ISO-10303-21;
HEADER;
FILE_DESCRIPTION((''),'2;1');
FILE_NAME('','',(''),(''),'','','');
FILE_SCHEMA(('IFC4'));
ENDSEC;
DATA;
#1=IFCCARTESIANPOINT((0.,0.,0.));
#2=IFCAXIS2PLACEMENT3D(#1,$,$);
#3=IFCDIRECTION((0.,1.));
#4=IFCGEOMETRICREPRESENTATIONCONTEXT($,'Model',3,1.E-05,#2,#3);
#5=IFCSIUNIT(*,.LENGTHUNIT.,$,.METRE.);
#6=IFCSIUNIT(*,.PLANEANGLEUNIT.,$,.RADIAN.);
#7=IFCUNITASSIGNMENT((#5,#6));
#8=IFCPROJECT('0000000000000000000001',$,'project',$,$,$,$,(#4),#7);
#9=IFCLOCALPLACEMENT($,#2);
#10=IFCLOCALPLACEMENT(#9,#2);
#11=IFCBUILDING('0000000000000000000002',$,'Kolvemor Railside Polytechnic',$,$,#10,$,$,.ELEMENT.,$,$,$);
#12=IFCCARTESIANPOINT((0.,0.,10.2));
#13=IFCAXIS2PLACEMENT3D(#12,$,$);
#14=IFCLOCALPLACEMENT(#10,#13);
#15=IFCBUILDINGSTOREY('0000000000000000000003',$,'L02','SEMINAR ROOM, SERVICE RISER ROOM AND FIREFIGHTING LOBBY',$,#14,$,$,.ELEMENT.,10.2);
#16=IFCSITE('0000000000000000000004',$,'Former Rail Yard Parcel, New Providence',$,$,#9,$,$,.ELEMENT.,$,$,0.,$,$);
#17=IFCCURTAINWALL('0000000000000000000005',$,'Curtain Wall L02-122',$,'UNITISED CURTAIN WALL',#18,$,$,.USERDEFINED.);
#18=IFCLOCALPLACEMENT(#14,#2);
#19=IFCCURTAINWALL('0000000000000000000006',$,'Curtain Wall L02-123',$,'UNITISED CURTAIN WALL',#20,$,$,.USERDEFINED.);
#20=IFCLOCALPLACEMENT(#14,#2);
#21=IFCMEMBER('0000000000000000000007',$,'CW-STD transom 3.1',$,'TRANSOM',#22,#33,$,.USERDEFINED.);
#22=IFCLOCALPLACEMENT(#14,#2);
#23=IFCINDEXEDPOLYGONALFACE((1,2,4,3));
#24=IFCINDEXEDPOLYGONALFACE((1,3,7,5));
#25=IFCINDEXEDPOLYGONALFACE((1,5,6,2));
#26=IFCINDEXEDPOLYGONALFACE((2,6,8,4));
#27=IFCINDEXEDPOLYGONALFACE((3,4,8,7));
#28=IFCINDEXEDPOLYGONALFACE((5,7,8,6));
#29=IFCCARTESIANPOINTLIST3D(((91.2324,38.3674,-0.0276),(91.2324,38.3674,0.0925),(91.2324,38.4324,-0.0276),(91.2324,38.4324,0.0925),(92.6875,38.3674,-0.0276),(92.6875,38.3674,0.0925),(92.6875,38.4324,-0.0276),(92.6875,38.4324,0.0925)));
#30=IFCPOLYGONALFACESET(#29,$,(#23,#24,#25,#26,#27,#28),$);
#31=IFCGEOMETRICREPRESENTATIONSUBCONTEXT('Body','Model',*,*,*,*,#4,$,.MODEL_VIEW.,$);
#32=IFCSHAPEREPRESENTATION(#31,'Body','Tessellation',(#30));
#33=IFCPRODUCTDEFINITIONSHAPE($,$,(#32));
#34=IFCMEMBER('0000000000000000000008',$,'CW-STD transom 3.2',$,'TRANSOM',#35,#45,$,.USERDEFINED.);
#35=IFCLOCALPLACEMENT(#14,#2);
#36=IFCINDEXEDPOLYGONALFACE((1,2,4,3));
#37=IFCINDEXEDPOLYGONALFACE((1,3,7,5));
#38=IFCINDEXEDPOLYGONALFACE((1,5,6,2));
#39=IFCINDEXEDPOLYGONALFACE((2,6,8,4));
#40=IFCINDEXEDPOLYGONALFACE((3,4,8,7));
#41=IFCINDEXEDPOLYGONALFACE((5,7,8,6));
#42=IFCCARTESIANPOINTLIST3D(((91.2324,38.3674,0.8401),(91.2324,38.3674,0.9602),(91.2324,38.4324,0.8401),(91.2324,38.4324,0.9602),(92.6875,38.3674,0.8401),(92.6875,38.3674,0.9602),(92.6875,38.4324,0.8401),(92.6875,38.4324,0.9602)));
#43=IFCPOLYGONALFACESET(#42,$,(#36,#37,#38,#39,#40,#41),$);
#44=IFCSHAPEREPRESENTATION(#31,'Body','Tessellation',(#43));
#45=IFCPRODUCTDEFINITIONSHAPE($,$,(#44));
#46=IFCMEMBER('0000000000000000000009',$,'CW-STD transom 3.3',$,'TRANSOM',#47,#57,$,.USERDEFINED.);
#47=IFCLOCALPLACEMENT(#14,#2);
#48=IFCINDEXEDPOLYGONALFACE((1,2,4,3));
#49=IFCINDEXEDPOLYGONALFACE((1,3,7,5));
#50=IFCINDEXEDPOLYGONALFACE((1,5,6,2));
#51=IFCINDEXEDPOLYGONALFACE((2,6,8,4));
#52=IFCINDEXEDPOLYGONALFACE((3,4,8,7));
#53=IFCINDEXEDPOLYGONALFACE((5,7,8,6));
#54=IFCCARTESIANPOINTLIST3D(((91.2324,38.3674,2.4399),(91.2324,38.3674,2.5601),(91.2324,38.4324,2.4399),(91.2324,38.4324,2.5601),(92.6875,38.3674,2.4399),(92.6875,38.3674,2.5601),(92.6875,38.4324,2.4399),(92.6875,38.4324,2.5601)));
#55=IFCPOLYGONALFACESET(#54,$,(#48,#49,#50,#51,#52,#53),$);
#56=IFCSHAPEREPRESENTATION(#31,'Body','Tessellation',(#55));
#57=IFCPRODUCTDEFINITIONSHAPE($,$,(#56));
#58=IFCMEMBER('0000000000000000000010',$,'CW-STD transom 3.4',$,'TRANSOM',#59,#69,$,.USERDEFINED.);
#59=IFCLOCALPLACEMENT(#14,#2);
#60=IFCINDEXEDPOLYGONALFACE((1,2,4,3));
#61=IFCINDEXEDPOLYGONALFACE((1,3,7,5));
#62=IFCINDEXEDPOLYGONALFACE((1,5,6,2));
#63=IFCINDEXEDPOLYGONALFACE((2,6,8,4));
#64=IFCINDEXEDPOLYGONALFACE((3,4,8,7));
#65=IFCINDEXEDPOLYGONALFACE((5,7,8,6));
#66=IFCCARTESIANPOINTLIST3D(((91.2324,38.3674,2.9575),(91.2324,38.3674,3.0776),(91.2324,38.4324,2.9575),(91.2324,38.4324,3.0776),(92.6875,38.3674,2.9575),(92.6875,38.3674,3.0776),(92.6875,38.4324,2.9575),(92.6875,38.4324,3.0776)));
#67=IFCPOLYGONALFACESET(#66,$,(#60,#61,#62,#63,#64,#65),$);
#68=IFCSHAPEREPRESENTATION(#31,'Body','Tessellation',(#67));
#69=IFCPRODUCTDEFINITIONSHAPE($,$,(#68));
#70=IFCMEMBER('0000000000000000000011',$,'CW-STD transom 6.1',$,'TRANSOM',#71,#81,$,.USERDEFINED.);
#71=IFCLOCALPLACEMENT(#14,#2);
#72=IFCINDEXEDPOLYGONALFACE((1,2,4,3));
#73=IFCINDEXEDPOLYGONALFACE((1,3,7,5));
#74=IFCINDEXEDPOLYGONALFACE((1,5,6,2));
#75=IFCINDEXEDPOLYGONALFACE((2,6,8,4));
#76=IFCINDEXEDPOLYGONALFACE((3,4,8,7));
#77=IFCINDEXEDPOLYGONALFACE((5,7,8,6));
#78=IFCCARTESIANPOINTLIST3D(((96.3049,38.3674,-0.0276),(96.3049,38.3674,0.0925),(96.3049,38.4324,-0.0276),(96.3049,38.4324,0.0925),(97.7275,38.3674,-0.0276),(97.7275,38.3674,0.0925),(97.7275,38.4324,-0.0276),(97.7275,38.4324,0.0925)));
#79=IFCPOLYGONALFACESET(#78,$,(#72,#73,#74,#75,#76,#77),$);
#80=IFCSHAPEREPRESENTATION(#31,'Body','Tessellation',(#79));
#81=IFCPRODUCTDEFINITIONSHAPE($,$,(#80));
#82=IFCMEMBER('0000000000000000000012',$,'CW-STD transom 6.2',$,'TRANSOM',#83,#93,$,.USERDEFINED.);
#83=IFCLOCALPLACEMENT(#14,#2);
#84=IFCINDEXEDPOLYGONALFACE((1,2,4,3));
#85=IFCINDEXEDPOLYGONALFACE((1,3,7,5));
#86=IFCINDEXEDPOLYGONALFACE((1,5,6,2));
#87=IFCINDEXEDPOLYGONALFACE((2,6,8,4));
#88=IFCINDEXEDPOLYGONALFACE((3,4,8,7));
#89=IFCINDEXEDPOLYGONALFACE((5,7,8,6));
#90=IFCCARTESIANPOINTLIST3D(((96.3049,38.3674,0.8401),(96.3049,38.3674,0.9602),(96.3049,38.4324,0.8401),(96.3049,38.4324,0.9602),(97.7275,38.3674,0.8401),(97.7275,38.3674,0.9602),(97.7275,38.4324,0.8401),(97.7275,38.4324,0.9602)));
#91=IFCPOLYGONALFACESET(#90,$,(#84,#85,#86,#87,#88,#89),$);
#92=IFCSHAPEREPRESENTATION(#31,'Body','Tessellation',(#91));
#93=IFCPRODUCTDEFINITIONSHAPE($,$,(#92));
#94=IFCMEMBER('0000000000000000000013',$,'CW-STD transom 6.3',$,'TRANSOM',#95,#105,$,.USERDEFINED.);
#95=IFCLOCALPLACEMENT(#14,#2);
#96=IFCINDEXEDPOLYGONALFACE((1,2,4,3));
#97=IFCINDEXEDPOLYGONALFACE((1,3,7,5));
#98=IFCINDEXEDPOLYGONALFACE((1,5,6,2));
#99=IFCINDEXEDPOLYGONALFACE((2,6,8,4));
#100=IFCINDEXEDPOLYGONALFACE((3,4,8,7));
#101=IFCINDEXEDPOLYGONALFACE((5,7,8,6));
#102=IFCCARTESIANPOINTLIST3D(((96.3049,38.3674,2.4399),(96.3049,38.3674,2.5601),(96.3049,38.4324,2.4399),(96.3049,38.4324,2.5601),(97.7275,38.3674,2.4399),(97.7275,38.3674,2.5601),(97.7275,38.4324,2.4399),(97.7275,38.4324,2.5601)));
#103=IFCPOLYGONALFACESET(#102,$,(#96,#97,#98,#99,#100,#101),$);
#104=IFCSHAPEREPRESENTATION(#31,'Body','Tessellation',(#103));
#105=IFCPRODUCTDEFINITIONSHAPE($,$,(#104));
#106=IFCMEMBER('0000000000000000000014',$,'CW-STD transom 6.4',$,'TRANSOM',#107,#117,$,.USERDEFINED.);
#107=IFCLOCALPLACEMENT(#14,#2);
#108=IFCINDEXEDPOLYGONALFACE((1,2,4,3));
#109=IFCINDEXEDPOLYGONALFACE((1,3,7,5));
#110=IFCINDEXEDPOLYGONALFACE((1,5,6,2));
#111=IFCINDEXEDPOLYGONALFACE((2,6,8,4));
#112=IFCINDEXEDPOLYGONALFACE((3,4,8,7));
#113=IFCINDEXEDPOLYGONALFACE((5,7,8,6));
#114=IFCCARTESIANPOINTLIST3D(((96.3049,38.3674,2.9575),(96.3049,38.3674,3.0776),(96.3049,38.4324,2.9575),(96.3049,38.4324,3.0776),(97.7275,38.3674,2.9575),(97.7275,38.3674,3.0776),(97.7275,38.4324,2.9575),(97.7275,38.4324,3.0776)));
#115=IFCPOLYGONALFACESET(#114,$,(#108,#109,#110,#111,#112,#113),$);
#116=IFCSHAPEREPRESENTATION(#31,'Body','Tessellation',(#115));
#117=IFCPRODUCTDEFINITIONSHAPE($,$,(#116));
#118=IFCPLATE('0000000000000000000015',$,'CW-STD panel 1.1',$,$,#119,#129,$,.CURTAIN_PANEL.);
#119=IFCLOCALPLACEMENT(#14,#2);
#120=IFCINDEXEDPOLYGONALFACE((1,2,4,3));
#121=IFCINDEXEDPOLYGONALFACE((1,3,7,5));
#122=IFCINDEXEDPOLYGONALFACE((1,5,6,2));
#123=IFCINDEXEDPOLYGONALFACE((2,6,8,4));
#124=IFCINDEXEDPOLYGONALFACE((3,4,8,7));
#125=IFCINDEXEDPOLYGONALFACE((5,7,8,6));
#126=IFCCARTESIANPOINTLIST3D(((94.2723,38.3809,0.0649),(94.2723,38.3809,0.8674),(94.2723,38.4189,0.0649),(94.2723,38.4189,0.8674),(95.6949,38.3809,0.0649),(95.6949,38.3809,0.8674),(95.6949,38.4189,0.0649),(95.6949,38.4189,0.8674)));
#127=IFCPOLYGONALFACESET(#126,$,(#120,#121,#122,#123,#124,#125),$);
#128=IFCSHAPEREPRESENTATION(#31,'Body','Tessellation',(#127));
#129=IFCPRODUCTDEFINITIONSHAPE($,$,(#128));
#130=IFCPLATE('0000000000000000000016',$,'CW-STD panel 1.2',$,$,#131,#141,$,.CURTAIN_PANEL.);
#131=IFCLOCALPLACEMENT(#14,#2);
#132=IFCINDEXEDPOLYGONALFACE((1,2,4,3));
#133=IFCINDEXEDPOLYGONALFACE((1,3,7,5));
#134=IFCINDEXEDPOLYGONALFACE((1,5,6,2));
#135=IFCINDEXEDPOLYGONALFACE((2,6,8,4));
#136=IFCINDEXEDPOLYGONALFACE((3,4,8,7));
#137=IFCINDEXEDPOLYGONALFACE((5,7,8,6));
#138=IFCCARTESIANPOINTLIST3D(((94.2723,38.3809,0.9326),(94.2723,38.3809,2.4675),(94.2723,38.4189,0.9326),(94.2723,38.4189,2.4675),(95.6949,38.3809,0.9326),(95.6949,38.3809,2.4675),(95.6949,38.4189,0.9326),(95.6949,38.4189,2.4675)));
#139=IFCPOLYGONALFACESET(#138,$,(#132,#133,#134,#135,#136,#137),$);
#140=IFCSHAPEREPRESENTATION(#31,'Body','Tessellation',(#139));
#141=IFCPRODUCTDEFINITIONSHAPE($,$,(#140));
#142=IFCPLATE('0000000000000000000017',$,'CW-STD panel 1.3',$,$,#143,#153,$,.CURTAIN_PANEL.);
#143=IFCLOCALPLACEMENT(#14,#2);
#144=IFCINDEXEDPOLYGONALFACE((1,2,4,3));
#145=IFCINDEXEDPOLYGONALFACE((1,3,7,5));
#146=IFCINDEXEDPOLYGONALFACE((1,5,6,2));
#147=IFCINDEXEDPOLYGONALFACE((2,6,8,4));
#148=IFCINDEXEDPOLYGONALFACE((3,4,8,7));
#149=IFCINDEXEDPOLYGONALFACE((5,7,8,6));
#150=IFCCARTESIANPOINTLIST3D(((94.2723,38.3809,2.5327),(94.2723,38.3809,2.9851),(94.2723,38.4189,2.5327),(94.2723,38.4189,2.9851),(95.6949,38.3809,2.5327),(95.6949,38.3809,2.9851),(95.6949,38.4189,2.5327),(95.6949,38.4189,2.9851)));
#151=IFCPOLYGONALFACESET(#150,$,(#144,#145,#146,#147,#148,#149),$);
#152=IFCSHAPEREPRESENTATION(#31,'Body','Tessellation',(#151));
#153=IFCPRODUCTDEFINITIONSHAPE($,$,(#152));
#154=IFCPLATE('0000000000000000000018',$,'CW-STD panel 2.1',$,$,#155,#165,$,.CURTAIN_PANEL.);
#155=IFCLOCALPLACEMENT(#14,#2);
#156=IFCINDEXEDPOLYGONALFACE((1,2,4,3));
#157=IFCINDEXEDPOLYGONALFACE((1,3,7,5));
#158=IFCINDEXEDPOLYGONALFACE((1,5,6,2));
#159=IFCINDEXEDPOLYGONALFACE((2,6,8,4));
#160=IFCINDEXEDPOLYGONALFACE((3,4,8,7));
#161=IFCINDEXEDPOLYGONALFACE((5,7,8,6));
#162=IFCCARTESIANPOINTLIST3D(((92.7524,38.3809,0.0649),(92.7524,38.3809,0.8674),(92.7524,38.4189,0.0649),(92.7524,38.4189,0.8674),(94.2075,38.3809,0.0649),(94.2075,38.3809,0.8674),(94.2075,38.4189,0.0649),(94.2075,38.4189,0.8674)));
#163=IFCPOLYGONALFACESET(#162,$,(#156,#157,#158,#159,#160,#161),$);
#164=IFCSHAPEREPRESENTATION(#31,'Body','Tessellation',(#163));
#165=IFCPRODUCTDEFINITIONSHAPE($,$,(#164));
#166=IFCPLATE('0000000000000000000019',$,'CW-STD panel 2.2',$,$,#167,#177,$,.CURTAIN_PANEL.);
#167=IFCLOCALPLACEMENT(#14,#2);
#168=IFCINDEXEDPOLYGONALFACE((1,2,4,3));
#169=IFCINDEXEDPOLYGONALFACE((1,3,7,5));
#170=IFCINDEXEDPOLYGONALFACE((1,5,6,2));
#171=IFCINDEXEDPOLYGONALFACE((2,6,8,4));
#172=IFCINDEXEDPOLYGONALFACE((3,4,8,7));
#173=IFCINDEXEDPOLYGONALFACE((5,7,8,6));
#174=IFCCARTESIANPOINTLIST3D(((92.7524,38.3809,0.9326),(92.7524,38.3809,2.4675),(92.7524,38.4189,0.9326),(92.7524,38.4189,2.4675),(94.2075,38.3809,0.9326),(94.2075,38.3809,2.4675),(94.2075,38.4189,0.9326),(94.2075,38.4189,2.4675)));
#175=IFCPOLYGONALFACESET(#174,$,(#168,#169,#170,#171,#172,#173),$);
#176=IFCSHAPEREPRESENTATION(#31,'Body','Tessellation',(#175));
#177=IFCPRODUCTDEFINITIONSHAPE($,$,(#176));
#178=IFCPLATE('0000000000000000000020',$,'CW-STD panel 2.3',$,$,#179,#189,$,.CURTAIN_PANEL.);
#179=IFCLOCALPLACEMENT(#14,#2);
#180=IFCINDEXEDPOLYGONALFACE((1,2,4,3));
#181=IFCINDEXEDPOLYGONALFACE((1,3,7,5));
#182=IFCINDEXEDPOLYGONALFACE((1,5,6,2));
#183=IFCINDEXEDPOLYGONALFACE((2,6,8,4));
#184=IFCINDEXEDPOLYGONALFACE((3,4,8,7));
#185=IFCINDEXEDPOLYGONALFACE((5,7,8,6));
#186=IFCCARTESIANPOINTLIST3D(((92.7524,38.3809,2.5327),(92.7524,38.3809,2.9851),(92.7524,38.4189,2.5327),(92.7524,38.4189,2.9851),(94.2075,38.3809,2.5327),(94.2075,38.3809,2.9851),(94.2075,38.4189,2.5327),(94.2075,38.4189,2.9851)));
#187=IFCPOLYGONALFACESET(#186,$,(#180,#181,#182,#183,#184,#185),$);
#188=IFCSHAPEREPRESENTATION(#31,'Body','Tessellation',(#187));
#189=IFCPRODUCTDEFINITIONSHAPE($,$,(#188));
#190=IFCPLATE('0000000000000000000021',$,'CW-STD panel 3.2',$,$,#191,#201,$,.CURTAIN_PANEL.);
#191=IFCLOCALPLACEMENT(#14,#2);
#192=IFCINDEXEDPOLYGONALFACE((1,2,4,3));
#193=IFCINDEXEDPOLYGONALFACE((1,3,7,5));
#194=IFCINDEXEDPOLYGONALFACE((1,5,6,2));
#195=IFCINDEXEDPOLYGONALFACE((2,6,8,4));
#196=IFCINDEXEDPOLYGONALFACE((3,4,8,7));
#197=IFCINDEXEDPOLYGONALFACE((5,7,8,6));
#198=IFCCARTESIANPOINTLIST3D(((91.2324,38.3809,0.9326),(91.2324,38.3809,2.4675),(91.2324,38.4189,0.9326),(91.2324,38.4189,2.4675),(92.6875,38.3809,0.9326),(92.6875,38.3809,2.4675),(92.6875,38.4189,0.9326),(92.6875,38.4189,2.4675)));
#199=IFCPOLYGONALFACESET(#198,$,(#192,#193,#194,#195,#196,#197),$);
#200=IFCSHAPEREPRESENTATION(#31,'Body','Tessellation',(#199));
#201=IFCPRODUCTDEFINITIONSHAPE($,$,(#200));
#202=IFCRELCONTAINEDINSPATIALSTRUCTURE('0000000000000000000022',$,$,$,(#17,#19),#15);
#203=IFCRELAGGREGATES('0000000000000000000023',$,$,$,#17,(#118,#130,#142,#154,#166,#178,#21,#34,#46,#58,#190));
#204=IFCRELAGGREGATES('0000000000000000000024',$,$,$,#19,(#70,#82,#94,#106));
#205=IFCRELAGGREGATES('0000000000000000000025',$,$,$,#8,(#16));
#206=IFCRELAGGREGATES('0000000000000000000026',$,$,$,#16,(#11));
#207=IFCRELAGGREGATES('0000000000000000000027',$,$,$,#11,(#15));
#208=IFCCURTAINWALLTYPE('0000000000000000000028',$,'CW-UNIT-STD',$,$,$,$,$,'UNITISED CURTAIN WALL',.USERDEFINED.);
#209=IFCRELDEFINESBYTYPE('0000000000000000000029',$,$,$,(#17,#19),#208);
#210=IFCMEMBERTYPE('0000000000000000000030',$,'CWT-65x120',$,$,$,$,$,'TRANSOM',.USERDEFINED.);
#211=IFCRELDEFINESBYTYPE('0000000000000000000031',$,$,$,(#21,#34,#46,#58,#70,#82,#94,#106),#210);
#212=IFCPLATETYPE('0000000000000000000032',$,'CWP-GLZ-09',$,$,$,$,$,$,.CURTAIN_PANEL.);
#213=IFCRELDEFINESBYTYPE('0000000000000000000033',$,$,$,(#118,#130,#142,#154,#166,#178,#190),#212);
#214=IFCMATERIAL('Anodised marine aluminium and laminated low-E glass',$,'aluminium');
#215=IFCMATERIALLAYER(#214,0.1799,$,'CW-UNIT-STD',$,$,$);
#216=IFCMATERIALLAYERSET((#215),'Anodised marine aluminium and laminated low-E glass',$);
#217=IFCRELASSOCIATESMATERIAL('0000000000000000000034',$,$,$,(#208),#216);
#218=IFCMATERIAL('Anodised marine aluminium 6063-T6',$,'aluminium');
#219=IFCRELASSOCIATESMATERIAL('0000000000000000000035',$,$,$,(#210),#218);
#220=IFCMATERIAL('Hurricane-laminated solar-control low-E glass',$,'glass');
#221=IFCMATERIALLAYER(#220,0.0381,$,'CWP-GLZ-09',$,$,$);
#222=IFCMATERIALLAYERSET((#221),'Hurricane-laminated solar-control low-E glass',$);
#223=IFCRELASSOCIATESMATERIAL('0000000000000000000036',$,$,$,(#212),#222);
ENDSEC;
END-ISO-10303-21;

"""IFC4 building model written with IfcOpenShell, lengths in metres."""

from ifc_helpers import new_model, si_unit, direction, frame, origin, origin_2d, place, context, subcontext, project, spatial, rectangle, extrude, material, layer, layer_set, material_profile, profile_set, type_object, element, aggregate, save


model = new_model("IFC4")

# Units and contexts
model_context = context("Model", 3, precision=1e-05, world=origin(), true_north=direction((0.0, 1.0)))
body_context = subcontext(model_context, "Body", "Model", "MODEL_VIEW")
ifc_project = project(units=[si_unit("LENGTHUNIT", "METRE"), si_unit("PLANEANGLEUNIT", "RADIAN")], contexts=[model_context])

# Site, building, storey
site_placement = place(None, origin())
site = spatial("IfcSite", under=ifc_project, at=site_placement, Name="Former Rail Yard Parcel, New Providence", CompositionType="ELEMENT", RefElevation=0.0)
building_placement = place(site_placement, origin())
building = spatial("IfcBuilding", under=site, at=building_placement, Name="Kolvemor Railside Polytechnic", CompositionType="ELEMENT")
storey_placement = place(building_placement, frame((0.0, 0.0, 10.2)))
storey = spatial("IfcBuildingStorey", under=building, at=storey_placement, Name="L02", Description="SEMINAR ROOM, SERVICE RISER ROOM AND FIREFIGHTING LOBBY", CompositionType="ELEMENT", Elevation=10.2)

# Curtain wall
ifc_material_1 = material(Name="Anodised marine aluminium and laminated low-E glass", Category="aluminium")
ifc_layer_1 = layer(ifc_material_1, 0.1799, Name="CW-UNIT-STD")
ifc_layer_set_1 = layer_set([ifc_layer_1], Name="Anodised marine aluminium and laminated low-E glass")
curtain_wall_type = type_object("IfcCurtainWallType", Name="CW-UNIT-STD", ElementType="UNITISED CURTAIN WALL", PredefinedType="USERDEFINED", material=ifc_layer_set_1)
curtain_wall_1_placement = place(storey_placement, origin())
curtain_wall_1 = element("IfcCurtainWall", 1, at=curtain_wall_1_placement, inside=storey, type_object=curtain_wall_type, Name="Curtain Wall L02-122", ObjectType="UNITISED CURTAIN WALL", PredefinedType="USERDEFINED")

# Curtain wall
curtain_wall_2_placement = place(storey_placement, origin())
curtain_wall_2 = element("IfcCurtainWall", 2, at=curtain_wall_2_placement, inside=storey, type_object=curtain_wall_type, Name="Curtain Wall L02-123", ObjectType="UNITISED CURTAIN WALL", PredefinedType="USERDEFINED")

# Members
ifc_material_2 = material(Name="Anodised marine aluminium 6063-T6", Category="aluminium")
ifc_material_profile_1 = material_profile(ifc_material_2, rectangle(XDim=0.0649, YDim=0.1201, at=origin_2d()), Name="CW-TRN-65x120")
ifc_profile_set_1 = profile_set([ifc_material_profile_1], Name="Anodised marine aluminium 6063-T6")
member_type_1 = type_object("IfcMemberType", Name="CWT-65x120", ElementType="TRANSOM", PredefinedType="USERDEFINED", material=ifc_profile_set_1)
member_1_placement = place(storey_placement, frame((92.6875, 38.3999, 0.0325), z_axis=(-1.0, 0.0, 0.0), x_axis=(0.0, -1.0, 0.0)))
member_1 = element("IfcMember", 3, at=member_1_placement, type_object=member_type_1, Name="CW-STD transom 3.1", ObjectType="TRANSOM", PredefinedType="USERDEFINED", context=body_context, shape_type="SweptSolid", body=[
    extrude(rectangle(XDim=0.0649, YDim=0.1201, at=origin_2d()), origin(), (0.0, 0.0, 1.0), 1.4551),
])
member_2_placement = place(storey_placement, frame((92.6875, 38.3999, 0.9001), z_axis=(-1.0, 0.0, 0.0), x_axis=(0.0, -1.0, 0.0)))
member_2 = element("IfcMember", 4, at=member_2_placement, type_object=member_type_1, Name="CW-STD transom 3.2", ObjectType="TRANSOM", PredefinedType="USERDEFINED", context=body_context, shape_type="SweptSolid", body=[
    extrude(rectangle(XDim=0.0649, YDim=0.1201, at=origin_2d()), origin(), (0.0, 0.0, 1.0), 1.4551),
])
member_3_placement = place(storey_placement, frame((92.6875, 38.3999, 2.5), z_axis=(-1.0, 0.0, 0.0), x_axis=(0.0, -1.0, 0.0)))
member_3 = element("IfcMember", 5, at=member_3_placement, type_object=member_type_1, Name="CW-STD transom 3.3", ObjectType="TRANSOM", PredefinedType="USERDEFINED", context=body_context, shape_type="SweptSolid", body=[
    extrude(rectangle(XDim=0.0649, YDim=0.1201, at=origin_2d()), origin(), (0.0, 0.0, 1.0), 1.4551),
])
member_4_placement = place(storey_placement, frame((92.6875, 38.3999, 3.0176), z_axis=(-1.0, 0.0, 0.0), x_axis=(0.0, -1.0, 0.0)))
member_4 = element("IfcMember", 6, at=member_4_placement, type_object=member_type_1, Name="CW-STD transom 3.4", ObjectType="TRANSOM", PredefinedType="USERDEFINED", context=body_context, shape_type="SweptSolid", body=[
    extrude(rectangle(XDim=0.0649, YDim=0.1201, at=origin_2d()), origin(), (0.0, 0.0, 1.0), 1.4551),
])
member_5_placement = place(storey_placement, frame((97.7275, 38.3999, 0.0325), z_axis=(-1.0, 0.0, 0.0), x_axis=(0.0, -1.0, 0.0)))
member_5 = element("IfcMember", 7, at=member_5_placement, type_object=member_type_1, Name="CW-STD transom 6.1", ObjectType="TRANSOM", PredefinedType="USERDEFINED", context=body_context, shape_type="SweptSolid", body=[
    extrude(rectangle(XDim=0.0649, YDim=0.1201, at=origin_2d()), origin(), (0.0, 0.0, 1.0), 1.4226),
])
member_6_placement = place(storey_placement, frame((97.7275, 38.3999, 0.9001), z_axis=(-1.0, 0.0, 0.0), x_axis=(0.0, -1.0, 0.0)))
member_6 = element("IfcMember", 8, at=member_6_placement, type_object=member_type_1, Name="CW-STD transom 6.2", ObjectType="TRANSOM", PredefinedType="USERDEFINED", context=body_context, shape_type="SweptSolid", body=[
    extrude(rectangle(XDim=0.0649, YDim=0.1201, at=origin_2d()), origin(), (0.0, 0.0, 1.0), 1.4226),
])
member_7_placement = place(storey_placement, frame((97.7275, 38.3999, 2.5), z_axis=(-1.0, 0.0, 0.0), x_axis=(0.0, -1.0, 0.0)))
member_7 = element("IfcMember", 9, at=member_7_placement, type_object=member_type_1, Name="CW-STD transom 6.3", ObjectType="TRANSOM", PredefinedType="USERDEFINED", context=body_context, shape_type="SweptSolid", body=[
    extrude(rectangle(XDim=0.0649, YDim=0.1201, at=origin_2d()), origin(), (0.0, 0.0, 1.0), 1.4226),
])
member_8_placement = place(storey_placement, frame((97.7275, 38.3999, 3.0176), z_axis=(-1.0, 0.0, 0.0), x_axis=(0.0, -1.0, 0.0)))
member_8 = element("IfcMember", 10, at=member_8_placement, type_object=member_type_1, Name="CW-STD transom 6.4", ObjectType="TRANSOM", PredefinedType="USERDEFINED", context=body_context, shape_type="SweptSolid", body=[
    extrude(rectangle(XDim=0.0649, YDim=0.1201, at=origin_2d()), origin(), (0.0, 0.0, 1.0), 1.4226),
])

# Plates
ifc_material_3 = material(Name="Hurricane-laminated solar-control low-E glass", Category="glass")
ifc_layer_2 = layer(ifc_material_3, 0.0381, Name="CWP-GLZ-09")
ifc_layer_set_2 = layer_set([ifc_layer_2], Name="Hurricane-laminated solar-control low-E glass")
plate_type_1 = type_object("IfcPlateType", Name="CWP-GLZ-09", PredefinedType="CURTAIN_PANEL", material=ifc_layer_set_2)
plate_1_placement = place(storey_placement, frame((94.9836, 38.3999, 0.0649), z_axis=(0.0, 0.0, 1.0), x_axis=(-1.0, 0.0, 0.0)))
plate_1 = element("IfcPlate", 11, at=plate_1_placement, type_object=plate_type_1, Name="CW-STD panel 1.1", PredefinedType="CURTAIN_PANEL", context=body_context, shape_type="SweptSolid", body=[
    extrude(rectangle(XDim=1.4226, YDim=0.0381, at=origin_2d()), origin(), (0.0, 0.0, 1.0), 0.8025),
])
plate_2_placement = place(storey_placement, frame((94.9836, 38.3999, 0.9326), z_axis=(0.0, 0.0, 1.0), x_axis=(-1.0, 0.0, 0.0)))
plate_2 = element("IfcPlate", 12, at=plate_2_placement, type_object=plate_type_1, Name="CW-STD panel 1.2", PredefinedType="CURTAIN_PANEL", context=body_context, shape_type="SweptSolid", body=[
    extrude(rectangle(XDim=1.4226, YDim=0.0381, at=origin_2d()), origin(), (0.0, 0.0, 1.0), 1.5349),
])
plate_3_placement = place(storey_placement, frame((94.9836, 38.3999, 2.5327), z_axis=(0.0, 0.0, 1.0), x_axis=(-1.0, 0.0, 0.0)))
plate_3 = element("IfcPlate", 13, at=plate_3_placement, type_object=plate_type_1, Name="CW-STD panel 1.3", PredefinedType="CURTAIN_PANEL", context=body_context, shape_type="SweptSolid", body=[
    extrude(rectangle(XDim=1.4226, YDim=0.0381, at=origin_2d()), origin(), (0.0, 0.0, 1.0), 0.4524),
])
plate_4_placement = place(storey_placement, frame((93.48, 38.3999, 0.0649), z_axis=(0.0, 0.0, 1.0), x_axis=(-1.0, 0.0, 0.0)))
plate_4 = element("IfcPlate", 14, at=plate_4_placement, type_object=plate_type_1, Name="CW-STD panel 2.1", PredefinedType="CURTAIN_PANEL", context=body_context, shape_type="SweptSolid", body=[
    extrude(rectangle(XDim=1.4551, YDim=0.0381, at=origin_2d()), origin(), (0.0, 0.0, 1.0), 0.8025),
])
plate_5_placement = place(storey_placement, frame((93.48, 38.3999, 0.9326), z_axis=(0.0, 0.0, 1.0), x_axis=(-1.0, 0.0, 0.0)))
plate_5 = element("IfcPlate", 15, at=plate_5_placement, type_object=plate_type_1, Name="CW-STD panel 2.2", PredefinedType="CURTAIN_PANEL", context=body_context, shape_type="SweptSolid", body=[
    extrude(rectangle(XDim=1.4551, YDim=0.0381, at=origin_2d()), origin(), (0.0, 0.0, 1.0), 1.5349),
])
plate_6_placement = place(storey_placement, frame((93.48, 38.3999, 2.5327), z_axis=(0.0, 0.0, 1.0), x_axis=(-1.0, 0.0, 0.0)))
plate_6 = element("IfcPlate", 16, at=plate_6_placement, type_object=plate_type_1, Name="CW-STD panel 2.3", PredefinedType="CURTAIN_PANEL", context=body_context, shape_type="SweptSolid", body=[
    extrude(rectangle(XDim=1.4551, YDim=0.0381, at=origin_2d()), origin(), (0.0, 0.0, 1.0), 0.4524),
])
plate_7_placement = place(storey_placement, frame((91.96, 38.3999, 0.9326), z_axis=(0.0, 0.0, 1.0), x_axis=(-1.0, 0.0, 0.0)))
plate_7 = element("IfcPlate", 17, at=plate_7_placement, type_object=plate_type_1, Name="CW-STD panel 3.2", PredefinedType="CURTAIN_PANEL", context=body_context, shape_type="SweptSolid", body=[
    extrude(rectangle(XDim=1.4551, YDim=0.0381, at=origin_2d()), origin(), (0.0, 0.0, 1.0), 1.5349),
])
aggregate(curtain_wall_1, [plate_1, plate_2, plate_3, plate_4, plate_5, plate_6, member_1, member_2, member_3, member_4, plate_7])
aggregate(curtain_wall_2, [member_5, member_6, member_7, member_8])

save(model, "model.ifc")
